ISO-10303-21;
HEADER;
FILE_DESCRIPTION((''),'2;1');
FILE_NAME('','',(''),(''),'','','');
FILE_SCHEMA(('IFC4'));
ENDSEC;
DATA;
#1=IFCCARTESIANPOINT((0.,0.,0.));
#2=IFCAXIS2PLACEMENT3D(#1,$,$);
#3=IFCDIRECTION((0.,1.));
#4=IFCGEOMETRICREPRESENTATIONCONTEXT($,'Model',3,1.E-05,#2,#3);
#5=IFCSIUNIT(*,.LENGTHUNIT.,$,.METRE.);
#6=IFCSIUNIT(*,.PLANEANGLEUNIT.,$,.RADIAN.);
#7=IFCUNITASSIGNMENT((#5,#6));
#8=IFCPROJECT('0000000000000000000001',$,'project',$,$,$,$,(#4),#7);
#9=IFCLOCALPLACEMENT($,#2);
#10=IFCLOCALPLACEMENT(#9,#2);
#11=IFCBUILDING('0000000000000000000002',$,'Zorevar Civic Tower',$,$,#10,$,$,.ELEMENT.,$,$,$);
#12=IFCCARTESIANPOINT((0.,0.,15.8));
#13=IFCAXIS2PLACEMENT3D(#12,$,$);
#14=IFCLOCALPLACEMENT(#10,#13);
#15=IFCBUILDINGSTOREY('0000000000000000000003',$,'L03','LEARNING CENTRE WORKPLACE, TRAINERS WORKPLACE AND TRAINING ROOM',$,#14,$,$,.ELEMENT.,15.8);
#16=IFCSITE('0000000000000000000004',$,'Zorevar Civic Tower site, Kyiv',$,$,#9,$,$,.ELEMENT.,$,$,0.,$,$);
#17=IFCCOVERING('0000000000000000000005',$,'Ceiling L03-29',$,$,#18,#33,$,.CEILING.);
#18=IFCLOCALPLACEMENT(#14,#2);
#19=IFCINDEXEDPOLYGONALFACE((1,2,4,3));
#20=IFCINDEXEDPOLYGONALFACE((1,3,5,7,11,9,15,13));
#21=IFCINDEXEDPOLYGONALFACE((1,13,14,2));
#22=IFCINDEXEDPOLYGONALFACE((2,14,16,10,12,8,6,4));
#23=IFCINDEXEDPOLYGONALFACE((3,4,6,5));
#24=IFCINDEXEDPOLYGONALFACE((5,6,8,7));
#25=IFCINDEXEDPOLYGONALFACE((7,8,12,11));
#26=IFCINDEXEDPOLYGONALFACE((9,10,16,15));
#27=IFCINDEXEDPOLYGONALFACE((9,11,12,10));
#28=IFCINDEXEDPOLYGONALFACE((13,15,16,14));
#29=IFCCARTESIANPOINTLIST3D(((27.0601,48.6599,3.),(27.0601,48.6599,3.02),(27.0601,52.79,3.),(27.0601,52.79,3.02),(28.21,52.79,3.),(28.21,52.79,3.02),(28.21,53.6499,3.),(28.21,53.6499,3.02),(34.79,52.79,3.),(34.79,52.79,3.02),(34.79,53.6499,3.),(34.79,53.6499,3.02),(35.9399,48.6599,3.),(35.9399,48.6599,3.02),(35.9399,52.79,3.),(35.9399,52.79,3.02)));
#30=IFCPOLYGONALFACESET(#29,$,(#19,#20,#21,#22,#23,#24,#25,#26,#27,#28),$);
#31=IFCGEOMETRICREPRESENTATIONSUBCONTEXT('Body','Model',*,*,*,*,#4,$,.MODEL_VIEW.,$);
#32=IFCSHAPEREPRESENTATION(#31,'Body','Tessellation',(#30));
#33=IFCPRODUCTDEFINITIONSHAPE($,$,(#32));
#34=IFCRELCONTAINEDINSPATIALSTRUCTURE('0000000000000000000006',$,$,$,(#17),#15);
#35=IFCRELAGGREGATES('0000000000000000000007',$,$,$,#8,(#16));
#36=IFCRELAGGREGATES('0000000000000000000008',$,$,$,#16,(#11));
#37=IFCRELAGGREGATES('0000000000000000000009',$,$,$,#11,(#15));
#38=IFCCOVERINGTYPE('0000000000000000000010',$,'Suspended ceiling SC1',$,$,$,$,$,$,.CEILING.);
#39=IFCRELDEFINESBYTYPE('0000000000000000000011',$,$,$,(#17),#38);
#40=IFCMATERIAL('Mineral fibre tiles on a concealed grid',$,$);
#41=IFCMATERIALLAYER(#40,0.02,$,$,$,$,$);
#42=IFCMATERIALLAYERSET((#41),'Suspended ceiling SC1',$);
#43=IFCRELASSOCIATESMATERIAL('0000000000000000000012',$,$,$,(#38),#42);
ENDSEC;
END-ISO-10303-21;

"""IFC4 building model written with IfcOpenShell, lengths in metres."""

from ifc_helpers import new_model, si_unit, direction, frame, origin, place, context, subcontext, project, spatial, polyline, outline, extrude, material, layer, layer_set, type_object, element, save


model = new_model("IFC4")

# Units and contexts
model_context = context("Model", 3, precision=1e-05, world=origin(), true_north=direction((0.0, 1.0)))
body_context = subcontext(model_context, "Body", "Model", "MODEL_VIEW")
ifc_project = project(units=[si_unit("LENGTHUNIT", "METRE"), si_unit("PLANEANGLEUNIT", "RADIAN")], contexts=[model_context])

# Site, building, storey
site_placement = place(None, origin())
site = spatial("IfcSite", under=ifc_project, at=site_placement, Name="Zorevar Civic Tower site, Kyiv", CompositionType="ELEMENT", RefElevation=0.0)
building_placement = place(site_placement, origin())
building = spatial("IfcBuilding", under=site, at=building_placement, Name="Zorevar Civic Tower", CompositionType="ELEMENT")
storey_placement = place(building_placement, frame((0.0, 0.0, 15.8)))
storey = spatial("IfcBuildingStorey", under=building, at=storey_placement, Name="L03", Description="LEARNING CENTRE WORKPLACE, TRAINERS WORKPLACE AND TRAINING ROOM", CompositionType="ELEMENT", Elevation=15.8)

# Covering
ifc_material_1 = material(Name="Mineral fibre tiles on a concealed grid")
ifc_layer_1 = layer(ifc_material_1, 0.02)
ifc_layer_set_1 = layer_set([ifc_layer_1], Name="Suspended ceiling SC1")
covering_type_1 = type_object("IfcCoveringType", Name="Suspended ceiling SC1", PredefinedType="CEILING", material=ifc_layer_set_1)
covering_1_placement = place(storey_placement, frame((0.0, 0.0, 3.0)))
element("IfcCovering", 1, at=covering_1_placement, inside=storey, type_object=covering_type_1, Name="Ceiling L03-29", PredefinedType="CEILING", context=body_context, shape_type="SweptSolid", body=[
    extrude(outline(polyline([(28.21, 52.79), (28.21, 53.6499), (34.79, 53.6499), (34.79, 52.79), (35.9399, 52.79), (35.9399, 48.6599), (27.0601, 48.6599), (27.0601, 52.79), (28.21, 52.79)])), origin(), (0.0, 0.0, 1.0), 0.02),
])

save(model, "model.ifc")
